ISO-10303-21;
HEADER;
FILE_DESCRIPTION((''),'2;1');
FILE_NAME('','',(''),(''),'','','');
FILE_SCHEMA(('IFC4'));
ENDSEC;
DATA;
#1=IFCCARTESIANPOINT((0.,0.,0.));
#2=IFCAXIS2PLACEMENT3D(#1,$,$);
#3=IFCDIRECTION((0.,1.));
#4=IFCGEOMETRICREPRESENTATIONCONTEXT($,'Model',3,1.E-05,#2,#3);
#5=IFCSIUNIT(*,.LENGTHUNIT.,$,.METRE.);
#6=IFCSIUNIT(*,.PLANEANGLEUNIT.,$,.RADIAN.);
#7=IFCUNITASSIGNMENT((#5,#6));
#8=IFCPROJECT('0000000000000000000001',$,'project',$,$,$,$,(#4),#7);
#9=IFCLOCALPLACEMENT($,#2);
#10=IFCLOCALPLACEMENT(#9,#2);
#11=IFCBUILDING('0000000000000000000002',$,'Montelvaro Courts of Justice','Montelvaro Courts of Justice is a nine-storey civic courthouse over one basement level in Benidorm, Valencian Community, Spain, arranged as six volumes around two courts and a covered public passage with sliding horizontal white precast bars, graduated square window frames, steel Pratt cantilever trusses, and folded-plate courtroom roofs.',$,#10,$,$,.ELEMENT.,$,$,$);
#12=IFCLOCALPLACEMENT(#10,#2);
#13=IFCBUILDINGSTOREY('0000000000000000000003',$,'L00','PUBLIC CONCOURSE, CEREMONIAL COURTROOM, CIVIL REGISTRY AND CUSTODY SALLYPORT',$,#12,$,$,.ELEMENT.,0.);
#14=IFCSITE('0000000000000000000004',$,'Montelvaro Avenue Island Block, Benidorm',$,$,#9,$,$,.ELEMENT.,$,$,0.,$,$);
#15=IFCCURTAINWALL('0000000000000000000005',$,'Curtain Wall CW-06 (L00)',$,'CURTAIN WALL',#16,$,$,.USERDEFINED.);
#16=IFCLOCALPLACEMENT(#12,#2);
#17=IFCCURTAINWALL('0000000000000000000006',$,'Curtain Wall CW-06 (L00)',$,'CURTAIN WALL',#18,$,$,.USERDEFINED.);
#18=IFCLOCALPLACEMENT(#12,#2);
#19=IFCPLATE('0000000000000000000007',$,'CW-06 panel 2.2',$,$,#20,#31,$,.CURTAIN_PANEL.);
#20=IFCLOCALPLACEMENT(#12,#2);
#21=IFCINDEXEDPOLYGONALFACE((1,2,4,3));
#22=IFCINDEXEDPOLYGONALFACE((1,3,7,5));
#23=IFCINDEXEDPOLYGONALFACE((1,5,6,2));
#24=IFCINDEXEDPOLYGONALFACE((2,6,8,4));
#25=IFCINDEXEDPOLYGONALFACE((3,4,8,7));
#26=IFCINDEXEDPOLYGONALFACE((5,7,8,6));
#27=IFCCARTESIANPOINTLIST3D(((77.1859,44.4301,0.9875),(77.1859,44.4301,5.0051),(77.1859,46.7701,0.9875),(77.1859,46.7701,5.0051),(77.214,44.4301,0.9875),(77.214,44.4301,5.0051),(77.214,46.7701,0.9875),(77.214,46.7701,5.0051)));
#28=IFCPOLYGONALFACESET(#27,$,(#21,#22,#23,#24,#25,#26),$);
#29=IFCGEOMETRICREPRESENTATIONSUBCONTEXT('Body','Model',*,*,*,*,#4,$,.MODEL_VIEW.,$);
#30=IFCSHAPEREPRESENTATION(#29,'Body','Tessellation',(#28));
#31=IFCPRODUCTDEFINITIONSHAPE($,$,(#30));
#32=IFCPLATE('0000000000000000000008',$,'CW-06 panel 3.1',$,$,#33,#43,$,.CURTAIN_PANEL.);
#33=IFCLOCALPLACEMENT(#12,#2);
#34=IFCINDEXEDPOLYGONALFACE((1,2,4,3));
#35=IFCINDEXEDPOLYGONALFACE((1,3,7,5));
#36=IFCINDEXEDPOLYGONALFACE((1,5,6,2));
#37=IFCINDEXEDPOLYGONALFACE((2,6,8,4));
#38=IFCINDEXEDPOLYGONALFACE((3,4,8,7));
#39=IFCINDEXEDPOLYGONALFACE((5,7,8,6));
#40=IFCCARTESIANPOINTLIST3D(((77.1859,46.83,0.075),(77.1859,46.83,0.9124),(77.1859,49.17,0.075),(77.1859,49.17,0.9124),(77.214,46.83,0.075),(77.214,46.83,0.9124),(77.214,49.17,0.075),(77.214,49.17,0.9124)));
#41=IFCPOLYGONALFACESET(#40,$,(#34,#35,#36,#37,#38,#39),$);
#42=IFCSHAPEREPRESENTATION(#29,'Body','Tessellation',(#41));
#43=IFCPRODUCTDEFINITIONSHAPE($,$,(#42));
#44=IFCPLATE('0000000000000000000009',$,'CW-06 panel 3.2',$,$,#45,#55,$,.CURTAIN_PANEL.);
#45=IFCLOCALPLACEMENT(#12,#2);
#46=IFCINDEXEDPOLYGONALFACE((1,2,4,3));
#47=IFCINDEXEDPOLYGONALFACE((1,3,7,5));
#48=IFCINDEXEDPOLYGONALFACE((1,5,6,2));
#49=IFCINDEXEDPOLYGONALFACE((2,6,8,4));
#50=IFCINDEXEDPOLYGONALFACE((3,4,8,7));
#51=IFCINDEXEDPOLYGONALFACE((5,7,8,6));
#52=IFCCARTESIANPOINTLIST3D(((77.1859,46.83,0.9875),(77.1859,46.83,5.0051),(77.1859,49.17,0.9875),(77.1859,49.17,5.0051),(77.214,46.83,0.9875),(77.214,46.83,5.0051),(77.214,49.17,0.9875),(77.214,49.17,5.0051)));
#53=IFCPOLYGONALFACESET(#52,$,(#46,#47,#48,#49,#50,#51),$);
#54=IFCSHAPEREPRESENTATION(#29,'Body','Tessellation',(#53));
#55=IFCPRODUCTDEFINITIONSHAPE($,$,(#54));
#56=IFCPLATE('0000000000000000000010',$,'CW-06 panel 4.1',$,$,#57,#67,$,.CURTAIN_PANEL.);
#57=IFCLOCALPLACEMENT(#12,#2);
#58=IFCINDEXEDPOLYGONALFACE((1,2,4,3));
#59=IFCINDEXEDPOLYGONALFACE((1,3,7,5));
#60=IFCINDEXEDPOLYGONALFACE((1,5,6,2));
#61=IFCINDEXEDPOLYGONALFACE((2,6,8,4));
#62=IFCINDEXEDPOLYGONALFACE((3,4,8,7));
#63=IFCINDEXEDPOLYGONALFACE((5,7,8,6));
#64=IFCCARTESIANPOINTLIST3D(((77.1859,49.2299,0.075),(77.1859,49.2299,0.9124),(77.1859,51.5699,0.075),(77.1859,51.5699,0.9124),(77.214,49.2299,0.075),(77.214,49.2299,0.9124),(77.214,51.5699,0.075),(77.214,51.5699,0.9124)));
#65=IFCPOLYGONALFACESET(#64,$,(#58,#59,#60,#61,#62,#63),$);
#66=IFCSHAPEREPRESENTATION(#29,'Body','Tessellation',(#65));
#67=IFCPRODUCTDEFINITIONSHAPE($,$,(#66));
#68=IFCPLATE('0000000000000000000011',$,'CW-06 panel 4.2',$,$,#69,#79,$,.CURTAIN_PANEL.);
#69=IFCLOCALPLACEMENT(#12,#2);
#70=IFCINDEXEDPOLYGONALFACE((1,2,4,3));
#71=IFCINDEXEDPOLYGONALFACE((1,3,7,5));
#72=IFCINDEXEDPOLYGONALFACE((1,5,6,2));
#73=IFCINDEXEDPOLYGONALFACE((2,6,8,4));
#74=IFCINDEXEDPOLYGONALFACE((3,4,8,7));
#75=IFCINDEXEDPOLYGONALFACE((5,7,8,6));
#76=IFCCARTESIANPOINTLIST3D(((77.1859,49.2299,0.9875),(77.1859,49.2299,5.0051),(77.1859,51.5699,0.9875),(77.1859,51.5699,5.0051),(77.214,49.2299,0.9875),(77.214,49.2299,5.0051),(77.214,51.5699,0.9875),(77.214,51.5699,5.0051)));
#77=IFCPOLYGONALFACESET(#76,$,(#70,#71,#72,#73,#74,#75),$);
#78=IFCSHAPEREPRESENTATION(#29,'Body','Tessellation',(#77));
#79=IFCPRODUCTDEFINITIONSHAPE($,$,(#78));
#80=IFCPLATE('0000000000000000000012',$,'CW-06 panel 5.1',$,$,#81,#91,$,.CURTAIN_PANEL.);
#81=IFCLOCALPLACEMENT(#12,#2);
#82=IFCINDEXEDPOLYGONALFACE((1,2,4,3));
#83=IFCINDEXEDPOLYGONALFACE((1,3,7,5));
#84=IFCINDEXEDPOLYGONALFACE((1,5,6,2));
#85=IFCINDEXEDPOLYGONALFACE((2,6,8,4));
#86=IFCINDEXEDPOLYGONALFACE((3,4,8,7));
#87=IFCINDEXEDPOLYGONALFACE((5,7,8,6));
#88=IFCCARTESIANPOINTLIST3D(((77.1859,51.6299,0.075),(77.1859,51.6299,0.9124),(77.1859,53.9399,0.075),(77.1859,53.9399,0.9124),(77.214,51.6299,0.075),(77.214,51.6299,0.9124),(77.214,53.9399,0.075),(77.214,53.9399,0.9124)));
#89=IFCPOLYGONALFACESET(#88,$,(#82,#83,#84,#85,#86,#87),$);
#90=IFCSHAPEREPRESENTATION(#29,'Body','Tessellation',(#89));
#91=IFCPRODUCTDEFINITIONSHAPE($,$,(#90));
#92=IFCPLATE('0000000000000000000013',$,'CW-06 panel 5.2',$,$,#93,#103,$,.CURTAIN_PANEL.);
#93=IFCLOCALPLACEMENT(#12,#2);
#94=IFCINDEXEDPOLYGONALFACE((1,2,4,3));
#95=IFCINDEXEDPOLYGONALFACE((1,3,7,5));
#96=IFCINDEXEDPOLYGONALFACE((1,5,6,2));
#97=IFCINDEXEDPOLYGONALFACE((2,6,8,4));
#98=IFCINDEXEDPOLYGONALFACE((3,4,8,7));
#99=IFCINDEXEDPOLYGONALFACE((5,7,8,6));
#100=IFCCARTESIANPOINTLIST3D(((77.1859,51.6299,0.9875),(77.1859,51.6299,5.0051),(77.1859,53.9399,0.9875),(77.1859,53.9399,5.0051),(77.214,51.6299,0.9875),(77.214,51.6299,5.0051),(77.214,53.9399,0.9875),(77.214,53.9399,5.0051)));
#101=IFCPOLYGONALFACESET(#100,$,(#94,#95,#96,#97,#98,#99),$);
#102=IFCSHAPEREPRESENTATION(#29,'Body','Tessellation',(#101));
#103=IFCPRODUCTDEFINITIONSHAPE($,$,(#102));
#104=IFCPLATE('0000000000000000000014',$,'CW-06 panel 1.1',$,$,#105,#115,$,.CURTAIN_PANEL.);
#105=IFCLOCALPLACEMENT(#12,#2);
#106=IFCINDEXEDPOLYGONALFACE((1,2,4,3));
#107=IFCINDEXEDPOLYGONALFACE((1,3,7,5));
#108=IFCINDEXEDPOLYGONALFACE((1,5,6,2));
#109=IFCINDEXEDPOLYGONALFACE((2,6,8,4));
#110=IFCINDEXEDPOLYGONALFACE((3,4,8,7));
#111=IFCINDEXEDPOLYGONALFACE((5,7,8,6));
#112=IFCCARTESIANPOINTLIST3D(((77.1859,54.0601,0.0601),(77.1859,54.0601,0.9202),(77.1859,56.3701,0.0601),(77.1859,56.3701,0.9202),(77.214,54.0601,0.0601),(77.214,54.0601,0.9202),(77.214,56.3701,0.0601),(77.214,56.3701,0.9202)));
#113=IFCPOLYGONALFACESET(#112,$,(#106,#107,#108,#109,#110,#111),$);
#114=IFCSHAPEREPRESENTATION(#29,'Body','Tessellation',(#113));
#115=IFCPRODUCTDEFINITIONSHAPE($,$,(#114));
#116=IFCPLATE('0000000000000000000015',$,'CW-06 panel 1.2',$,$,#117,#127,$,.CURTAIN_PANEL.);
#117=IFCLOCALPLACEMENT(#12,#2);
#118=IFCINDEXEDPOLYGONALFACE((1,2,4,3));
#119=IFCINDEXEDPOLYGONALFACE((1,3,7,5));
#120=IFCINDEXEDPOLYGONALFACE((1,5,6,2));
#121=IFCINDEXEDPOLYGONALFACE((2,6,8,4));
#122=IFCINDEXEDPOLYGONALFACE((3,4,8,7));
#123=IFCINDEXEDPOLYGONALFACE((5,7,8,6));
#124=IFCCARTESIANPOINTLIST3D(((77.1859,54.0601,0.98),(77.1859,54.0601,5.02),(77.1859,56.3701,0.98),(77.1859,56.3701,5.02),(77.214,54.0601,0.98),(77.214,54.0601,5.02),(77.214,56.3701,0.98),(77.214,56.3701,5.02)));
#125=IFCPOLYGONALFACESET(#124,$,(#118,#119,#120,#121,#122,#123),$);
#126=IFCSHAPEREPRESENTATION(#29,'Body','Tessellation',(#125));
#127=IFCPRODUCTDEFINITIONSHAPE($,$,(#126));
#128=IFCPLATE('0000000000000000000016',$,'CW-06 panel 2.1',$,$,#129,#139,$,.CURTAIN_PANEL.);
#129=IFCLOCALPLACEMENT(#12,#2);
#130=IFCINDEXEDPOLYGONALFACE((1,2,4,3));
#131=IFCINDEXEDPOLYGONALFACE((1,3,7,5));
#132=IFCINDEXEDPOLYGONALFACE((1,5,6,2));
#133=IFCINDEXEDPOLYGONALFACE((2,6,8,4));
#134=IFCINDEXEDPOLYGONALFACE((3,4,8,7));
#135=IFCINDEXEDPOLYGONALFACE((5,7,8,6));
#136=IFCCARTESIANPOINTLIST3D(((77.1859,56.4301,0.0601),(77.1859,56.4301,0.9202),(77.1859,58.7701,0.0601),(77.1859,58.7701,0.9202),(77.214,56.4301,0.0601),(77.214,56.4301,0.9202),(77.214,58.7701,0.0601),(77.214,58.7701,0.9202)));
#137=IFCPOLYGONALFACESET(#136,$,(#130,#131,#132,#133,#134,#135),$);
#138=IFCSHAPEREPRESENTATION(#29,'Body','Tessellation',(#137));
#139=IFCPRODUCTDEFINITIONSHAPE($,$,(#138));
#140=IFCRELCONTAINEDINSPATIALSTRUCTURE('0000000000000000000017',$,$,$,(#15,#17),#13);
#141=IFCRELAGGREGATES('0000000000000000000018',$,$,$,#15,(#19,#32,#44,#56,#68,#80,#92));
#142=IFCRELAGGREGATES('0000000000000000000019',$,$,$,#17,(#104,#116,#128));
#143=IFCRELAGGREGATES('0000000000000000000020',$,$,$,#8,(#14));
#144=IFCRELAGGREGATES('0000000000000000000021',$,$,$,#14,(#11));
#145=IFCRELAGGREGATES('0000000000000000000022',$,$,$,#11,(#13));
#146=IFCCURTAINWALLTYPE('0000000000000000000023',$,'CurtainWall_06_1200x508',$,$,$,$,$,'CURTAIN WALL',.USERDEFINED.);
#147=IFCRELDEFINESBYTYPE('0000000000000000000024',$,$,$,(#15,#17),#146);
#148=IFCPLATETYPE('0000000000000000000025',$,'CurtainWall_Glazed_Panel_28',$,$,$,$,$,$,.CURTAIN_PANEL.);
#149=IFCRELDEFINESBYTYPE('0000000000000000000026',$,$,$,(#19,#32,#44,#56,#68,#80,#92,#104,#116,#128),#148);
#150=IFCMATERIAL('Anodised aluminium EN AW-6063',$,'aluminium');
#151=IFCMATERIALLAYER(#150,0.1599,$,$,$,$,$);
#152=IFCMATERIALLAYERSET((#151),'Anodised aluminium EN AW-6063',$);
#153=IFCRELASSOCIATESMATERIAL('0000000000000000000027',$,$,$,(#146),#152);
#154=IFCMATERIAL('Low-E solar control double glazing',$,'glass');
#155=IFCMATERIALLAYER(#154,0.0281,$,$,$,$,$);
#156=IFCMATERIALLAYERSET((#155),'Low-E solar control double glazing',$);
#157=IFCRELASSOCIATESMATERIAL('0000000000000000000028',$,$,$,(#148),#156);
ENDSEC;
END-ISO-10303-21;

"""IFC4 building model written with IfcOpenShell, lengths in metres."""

from ifc_helpers import new_model, si_unit, direction, frame, origin, origin_2d, place, context, subcontext, project, spatial, rectangle, extrude, material, layer, layer_set, type_object, element, aggregate, save


model = new_model("IFC4")

# Units and contexts
model_context = context("Model", 3, precision=1e-05, world=origin(), true_north=direction((0.0, 1.0)))
body_context = subcontext(model_context, "Body", "Model", "MODEL_VIEW")
ifc_project = project(units=[si_unit("LENGTHUNIT", "METRE"), si_unit("PLANEANGLEUNIT", "RADIAN")], contexts=[model_context])

# Site, building, storey
site_placement = place(None, origin())
site = spatial("IfcSite", under=ifc_project, at=site_placement, Name="Montelvaro Avenue Island Block, Benidorm", CompositionType="ELEMENT", RefElevation=0.0)
building_placement = place(site_placement, origin())
building = spatial("IfcBuilding", under=site, at=building_placement, Name="Montelvaro Courts of Justice", Description="Montelvaro Courts of Justice is a nine-storey civic courthouse over one basement level in Benidorm, Valencian Community, Spain, arranged as six volumes around two courts and a covered public passage with sliding horizontal white precast bars, graduated square window frames, steel Pratt cantilever trusses, and folded-plate courtroom roofs.", CompositionType="ELEMENT")
storey_placement = place(building_placement, origin())
storey = spatial("IfcBuildingStorey", under=building, at=storey_placement, Name="L00", Description="PUBLIC CONCOURSE, CEREMONIAL COURTROOM, CIVIL REGISTRY AND CUSTODY SALLYPORT", CompositionType="ELEMENT", Elevation=0.0)

# Curtain walls
ifc_material_1 = material(Name="Anodised aluminium EN AW-6063", Category="aluminium")
ifc_layer_1 = layer(ifc_material_1, 0.1599)
ifc_layer_set_1 = layer_set([ifc_layer_1], Name="Anodised aluminium EN AW-6063")
curtain_wall_type = type_object("IfcCurtainWallType", Name="CurtainWall_06_1200x508", ElementType="CURTAIN WALL", PredefinedType="USERDEFINED", material=ifc_layer_set_1)
curtain_wall_1_placement = place(storey_placement, origin())
curtain_wall_1 = element("IfcCurtainWall", 1, at=curtain_wall_1_placement, inside=storey, type_object=curtain_wall_type, Name="Curtain Wall CW-06 (L00)", ObjectType="CURTAIN WALL", PredefinedType="USERDEFINED")
curtain_wall_2_placement = place(storey_placement, origin())
curtain_wall_2 = element("IfcCurtainWall", 2, at=curtain_wall_2_placement, inside=storey, type_object=curtain_wall_type, Name="Curtain Wall CW-06 (L00)", ObjectType="CURTAIN WALL", PredefinedType="USERDEFINED")

# Plates
ifc_material_2 = material(Name="Low-E solar control double glazing", Category="glass")
ifc_layer_2 = layer(ifc_material_2, 0.0281)
ifc_layer_set_2 = layer_set([ifc_layer_2], Name="Low-E solar control double glazing")
plate_type = type_object("IfcPlateType", Name="CurtainWall_Glazed_Panel_28", PredefinedType="CURTAIN_PANEL", material=ifc_layer_set_2)
plate_1_placement = place(storey_placement, frame((77.2, 45.6001, 0.9875), z_axis=(0.0, 0.0, 1.0), x_axis=(0.0, 1.0, 0.0)))
plate_1 = element("IfcPlate", 3, at=plate_1_placement, type_object=plate_type, Name="CW-06 panel 2.2", PredefinedType="CURTAIN_PANEL", context=body_context, shape_type="SweptSolid", body=[
    extrude(rectangle(XDim=2.3401, YDim=0.0281, at=origin_2d()), origin(), (0.0, 0.0, 1.0), 4.0176),
])
plate_2_placement = place(storey_placement, frame((77.2, 48.0, 0.075), z_axis=(0.0, 0.0, 1.0), x_axis=(0.0, 1.0, 0.0)))
plate_2 = element("IfcPlate", 4, at=plate_2_placement, type_object=plate_type, Name="CW-06 panel 3.1", PredefinedType="CURTAIN_PANEL", context=body_context, shape_type="SweptSolid", body=[
    extrude(rectangle(XDim=2.3401, YDim=0.0281, at=origin_2d()), origin(), (0.0, 0.0, 1.0), 0.8374),
])
plate_3_placement = place(storey_placement, frame((77.2, 48.0, 0.9875), z_axis=(0.0, 0.0, 1.0), x_axis=(0.0, 1.0, 0.0)))
plate_3 = element("IfcPlate", 5, at=plate_3_placement, type_object=plate_type, Name="CW-06 panel 3.2", PredefinedType="CURTAIN_PANEL", context=body_context, shape_type="SweptSolid", body=[
    extrude(rectangle(XDim=2.3401, YDim=0.0281, at=origin_2d()), origin(), (0.0, 0.0, 1.0), 4.0176),
])
plate_4_placement = place(storey_placement, frame((77.2, 50.3999, 0.075), z_axis=(0.0, 0.0, 1.0), x_axis=(0.0, 1.0, 0.0)))
plate_4 = element("IfcPlate", 6, at=plate_4_placement, type_object=plate_type, Name="CW-06 panel 4.1", PredefinedType="CURTAIN_PANEL", context=body_context, shape_type="SweptSolid", body=[
    extrude(rectangle(XDim=2.3401, YDim=0.0281, at=origin_2d()), origin(), (0.0, 0.0, 1.0), 0.8374),
])
plate_5_placement = place(storey_placement, frame((77.2, 50.3999, 0.9875), z_axis=(0.0, 0.0, 1.0), x_axis=(0.0, 1.0, 0.0)))
plate_5 = element("IfcPlate", 7, at=plate_5_placement, type_object=plate_type, Name="CW-06 panel 4.2", PredefinedType="CURTAIN_PANEL", context=body_context, shape_type="SweptSolid", body=[
    extrude(rectangle(XDim=2.3401, YDim=0.0281, at=origin_2d()), origin(), (0.0, 0.0, 1.0), 4.0176),
])
plate_6_placement = place(storey_placement, frame((77.2, 52.7849, 0.075), z_axis=(0.0, 0.0, 1.0), x_axis=(0.0, 1.0, 0.0)))
plate_6 = element("IfcPlate", 8, at=plate_6_placement, type_object=plate_type, Name="CW-06 panel 5.1", PredefinedType="CURTAIN_PANEL", context=body_context, shape_type="SweptSolid", body=[
    extrude(rectangle(XDim=2.3101, YDim=0.0281, at=origin_2d()), origin(), (0.0, 0.0, 1.0), 0.8374),
])
plate_7_placement = place(storey_placement, frame((77.2, 52.7849, 0.9875), z_axis=(0.0, 0.0, 1.0), x_axis=(0.0, 1.0, 0.0)))
plate_7 = element("IfcPlate", 9, at=plate_7_placement, type_object=plate_type, Name="CW-06 panel 5.2", PredefinedType="CURTAIN_PANEL", context=body_context, shape_type="SweptSolid", body=[
    extrude(rectangle(XDim=2.3101, YDim=0.0281, at=origin_2d()), origin(), (0.0, 0.0, 1.0), 4.0176),
])
aggregate(curtain_wall_1, [plate_1, plate_2, plate_3, plate_4, plate_5, plate_6, plate_7])
plate_8_placement = place(storey_placement, frame((77.2, 55.2151, 0.0601), z_axis=(0.0, 0.0, 1.0), x_axis=(0.0, 1.0, 0.0)))
plate_8 = element("IfcPlate", 10, at=plate_8_placement, type_object=plate_type, Name="CW-06 panel 1.1", PredefinedType="CURTAIN_PANEL", context=body_context, shape_type="SweptSolid", body=[
    extrude(rectangle(XDim=2.3101, YDim=0.0281, at=origin_2d()), origin(), (0.0, 0.0, 1.0), 0.8601),
])
plate_9_placement = place(storey_placement, frame((77.2, 55.2151, 0.98), z_axis=(0.0, 0.0, 1.0), x_axis=(0.0, 1.0, 0.0)))
plate_9 = element("IfcPlate", 11, at=plate_9_placement, type_object=plate_type, Name="CW-06 panel 1.2", PredefinedType="CURTAIN_PANEL", context=body_context, shape_type="SweptSolid", body=[
    extrude(rectangle(XDim=2.3101, YDim=0.0281, at=origin_2d()), origin(), (0.0, 0.0, 1.0), 4.04),
])
plate_10_placement = place(storey_placement, frame((77.2, 57.6001, 0.0601), z_axis=(0.0, 0.0, 1.0), x_axis=(0.0, 1.0, 0.0)))
plate_10 = element("IfcPlate", 12, at=plate_10_placement, type_object=plate_type, Name="CW-06 panel 2.1", PredefinedType="CURTAIN_PANEL", context=body_context, shape_type="SweptSolid", body=[
    extrude(rectangle(XDim=2.3401, YDim=0.0281, at=origin_2d()), origin(), (0.0, 0.0, 1.0), 0.8601),
])
aggregate(curtain_wall_2, [plate_8, plate_9, plate_10])

save(model, "model.ifc")
